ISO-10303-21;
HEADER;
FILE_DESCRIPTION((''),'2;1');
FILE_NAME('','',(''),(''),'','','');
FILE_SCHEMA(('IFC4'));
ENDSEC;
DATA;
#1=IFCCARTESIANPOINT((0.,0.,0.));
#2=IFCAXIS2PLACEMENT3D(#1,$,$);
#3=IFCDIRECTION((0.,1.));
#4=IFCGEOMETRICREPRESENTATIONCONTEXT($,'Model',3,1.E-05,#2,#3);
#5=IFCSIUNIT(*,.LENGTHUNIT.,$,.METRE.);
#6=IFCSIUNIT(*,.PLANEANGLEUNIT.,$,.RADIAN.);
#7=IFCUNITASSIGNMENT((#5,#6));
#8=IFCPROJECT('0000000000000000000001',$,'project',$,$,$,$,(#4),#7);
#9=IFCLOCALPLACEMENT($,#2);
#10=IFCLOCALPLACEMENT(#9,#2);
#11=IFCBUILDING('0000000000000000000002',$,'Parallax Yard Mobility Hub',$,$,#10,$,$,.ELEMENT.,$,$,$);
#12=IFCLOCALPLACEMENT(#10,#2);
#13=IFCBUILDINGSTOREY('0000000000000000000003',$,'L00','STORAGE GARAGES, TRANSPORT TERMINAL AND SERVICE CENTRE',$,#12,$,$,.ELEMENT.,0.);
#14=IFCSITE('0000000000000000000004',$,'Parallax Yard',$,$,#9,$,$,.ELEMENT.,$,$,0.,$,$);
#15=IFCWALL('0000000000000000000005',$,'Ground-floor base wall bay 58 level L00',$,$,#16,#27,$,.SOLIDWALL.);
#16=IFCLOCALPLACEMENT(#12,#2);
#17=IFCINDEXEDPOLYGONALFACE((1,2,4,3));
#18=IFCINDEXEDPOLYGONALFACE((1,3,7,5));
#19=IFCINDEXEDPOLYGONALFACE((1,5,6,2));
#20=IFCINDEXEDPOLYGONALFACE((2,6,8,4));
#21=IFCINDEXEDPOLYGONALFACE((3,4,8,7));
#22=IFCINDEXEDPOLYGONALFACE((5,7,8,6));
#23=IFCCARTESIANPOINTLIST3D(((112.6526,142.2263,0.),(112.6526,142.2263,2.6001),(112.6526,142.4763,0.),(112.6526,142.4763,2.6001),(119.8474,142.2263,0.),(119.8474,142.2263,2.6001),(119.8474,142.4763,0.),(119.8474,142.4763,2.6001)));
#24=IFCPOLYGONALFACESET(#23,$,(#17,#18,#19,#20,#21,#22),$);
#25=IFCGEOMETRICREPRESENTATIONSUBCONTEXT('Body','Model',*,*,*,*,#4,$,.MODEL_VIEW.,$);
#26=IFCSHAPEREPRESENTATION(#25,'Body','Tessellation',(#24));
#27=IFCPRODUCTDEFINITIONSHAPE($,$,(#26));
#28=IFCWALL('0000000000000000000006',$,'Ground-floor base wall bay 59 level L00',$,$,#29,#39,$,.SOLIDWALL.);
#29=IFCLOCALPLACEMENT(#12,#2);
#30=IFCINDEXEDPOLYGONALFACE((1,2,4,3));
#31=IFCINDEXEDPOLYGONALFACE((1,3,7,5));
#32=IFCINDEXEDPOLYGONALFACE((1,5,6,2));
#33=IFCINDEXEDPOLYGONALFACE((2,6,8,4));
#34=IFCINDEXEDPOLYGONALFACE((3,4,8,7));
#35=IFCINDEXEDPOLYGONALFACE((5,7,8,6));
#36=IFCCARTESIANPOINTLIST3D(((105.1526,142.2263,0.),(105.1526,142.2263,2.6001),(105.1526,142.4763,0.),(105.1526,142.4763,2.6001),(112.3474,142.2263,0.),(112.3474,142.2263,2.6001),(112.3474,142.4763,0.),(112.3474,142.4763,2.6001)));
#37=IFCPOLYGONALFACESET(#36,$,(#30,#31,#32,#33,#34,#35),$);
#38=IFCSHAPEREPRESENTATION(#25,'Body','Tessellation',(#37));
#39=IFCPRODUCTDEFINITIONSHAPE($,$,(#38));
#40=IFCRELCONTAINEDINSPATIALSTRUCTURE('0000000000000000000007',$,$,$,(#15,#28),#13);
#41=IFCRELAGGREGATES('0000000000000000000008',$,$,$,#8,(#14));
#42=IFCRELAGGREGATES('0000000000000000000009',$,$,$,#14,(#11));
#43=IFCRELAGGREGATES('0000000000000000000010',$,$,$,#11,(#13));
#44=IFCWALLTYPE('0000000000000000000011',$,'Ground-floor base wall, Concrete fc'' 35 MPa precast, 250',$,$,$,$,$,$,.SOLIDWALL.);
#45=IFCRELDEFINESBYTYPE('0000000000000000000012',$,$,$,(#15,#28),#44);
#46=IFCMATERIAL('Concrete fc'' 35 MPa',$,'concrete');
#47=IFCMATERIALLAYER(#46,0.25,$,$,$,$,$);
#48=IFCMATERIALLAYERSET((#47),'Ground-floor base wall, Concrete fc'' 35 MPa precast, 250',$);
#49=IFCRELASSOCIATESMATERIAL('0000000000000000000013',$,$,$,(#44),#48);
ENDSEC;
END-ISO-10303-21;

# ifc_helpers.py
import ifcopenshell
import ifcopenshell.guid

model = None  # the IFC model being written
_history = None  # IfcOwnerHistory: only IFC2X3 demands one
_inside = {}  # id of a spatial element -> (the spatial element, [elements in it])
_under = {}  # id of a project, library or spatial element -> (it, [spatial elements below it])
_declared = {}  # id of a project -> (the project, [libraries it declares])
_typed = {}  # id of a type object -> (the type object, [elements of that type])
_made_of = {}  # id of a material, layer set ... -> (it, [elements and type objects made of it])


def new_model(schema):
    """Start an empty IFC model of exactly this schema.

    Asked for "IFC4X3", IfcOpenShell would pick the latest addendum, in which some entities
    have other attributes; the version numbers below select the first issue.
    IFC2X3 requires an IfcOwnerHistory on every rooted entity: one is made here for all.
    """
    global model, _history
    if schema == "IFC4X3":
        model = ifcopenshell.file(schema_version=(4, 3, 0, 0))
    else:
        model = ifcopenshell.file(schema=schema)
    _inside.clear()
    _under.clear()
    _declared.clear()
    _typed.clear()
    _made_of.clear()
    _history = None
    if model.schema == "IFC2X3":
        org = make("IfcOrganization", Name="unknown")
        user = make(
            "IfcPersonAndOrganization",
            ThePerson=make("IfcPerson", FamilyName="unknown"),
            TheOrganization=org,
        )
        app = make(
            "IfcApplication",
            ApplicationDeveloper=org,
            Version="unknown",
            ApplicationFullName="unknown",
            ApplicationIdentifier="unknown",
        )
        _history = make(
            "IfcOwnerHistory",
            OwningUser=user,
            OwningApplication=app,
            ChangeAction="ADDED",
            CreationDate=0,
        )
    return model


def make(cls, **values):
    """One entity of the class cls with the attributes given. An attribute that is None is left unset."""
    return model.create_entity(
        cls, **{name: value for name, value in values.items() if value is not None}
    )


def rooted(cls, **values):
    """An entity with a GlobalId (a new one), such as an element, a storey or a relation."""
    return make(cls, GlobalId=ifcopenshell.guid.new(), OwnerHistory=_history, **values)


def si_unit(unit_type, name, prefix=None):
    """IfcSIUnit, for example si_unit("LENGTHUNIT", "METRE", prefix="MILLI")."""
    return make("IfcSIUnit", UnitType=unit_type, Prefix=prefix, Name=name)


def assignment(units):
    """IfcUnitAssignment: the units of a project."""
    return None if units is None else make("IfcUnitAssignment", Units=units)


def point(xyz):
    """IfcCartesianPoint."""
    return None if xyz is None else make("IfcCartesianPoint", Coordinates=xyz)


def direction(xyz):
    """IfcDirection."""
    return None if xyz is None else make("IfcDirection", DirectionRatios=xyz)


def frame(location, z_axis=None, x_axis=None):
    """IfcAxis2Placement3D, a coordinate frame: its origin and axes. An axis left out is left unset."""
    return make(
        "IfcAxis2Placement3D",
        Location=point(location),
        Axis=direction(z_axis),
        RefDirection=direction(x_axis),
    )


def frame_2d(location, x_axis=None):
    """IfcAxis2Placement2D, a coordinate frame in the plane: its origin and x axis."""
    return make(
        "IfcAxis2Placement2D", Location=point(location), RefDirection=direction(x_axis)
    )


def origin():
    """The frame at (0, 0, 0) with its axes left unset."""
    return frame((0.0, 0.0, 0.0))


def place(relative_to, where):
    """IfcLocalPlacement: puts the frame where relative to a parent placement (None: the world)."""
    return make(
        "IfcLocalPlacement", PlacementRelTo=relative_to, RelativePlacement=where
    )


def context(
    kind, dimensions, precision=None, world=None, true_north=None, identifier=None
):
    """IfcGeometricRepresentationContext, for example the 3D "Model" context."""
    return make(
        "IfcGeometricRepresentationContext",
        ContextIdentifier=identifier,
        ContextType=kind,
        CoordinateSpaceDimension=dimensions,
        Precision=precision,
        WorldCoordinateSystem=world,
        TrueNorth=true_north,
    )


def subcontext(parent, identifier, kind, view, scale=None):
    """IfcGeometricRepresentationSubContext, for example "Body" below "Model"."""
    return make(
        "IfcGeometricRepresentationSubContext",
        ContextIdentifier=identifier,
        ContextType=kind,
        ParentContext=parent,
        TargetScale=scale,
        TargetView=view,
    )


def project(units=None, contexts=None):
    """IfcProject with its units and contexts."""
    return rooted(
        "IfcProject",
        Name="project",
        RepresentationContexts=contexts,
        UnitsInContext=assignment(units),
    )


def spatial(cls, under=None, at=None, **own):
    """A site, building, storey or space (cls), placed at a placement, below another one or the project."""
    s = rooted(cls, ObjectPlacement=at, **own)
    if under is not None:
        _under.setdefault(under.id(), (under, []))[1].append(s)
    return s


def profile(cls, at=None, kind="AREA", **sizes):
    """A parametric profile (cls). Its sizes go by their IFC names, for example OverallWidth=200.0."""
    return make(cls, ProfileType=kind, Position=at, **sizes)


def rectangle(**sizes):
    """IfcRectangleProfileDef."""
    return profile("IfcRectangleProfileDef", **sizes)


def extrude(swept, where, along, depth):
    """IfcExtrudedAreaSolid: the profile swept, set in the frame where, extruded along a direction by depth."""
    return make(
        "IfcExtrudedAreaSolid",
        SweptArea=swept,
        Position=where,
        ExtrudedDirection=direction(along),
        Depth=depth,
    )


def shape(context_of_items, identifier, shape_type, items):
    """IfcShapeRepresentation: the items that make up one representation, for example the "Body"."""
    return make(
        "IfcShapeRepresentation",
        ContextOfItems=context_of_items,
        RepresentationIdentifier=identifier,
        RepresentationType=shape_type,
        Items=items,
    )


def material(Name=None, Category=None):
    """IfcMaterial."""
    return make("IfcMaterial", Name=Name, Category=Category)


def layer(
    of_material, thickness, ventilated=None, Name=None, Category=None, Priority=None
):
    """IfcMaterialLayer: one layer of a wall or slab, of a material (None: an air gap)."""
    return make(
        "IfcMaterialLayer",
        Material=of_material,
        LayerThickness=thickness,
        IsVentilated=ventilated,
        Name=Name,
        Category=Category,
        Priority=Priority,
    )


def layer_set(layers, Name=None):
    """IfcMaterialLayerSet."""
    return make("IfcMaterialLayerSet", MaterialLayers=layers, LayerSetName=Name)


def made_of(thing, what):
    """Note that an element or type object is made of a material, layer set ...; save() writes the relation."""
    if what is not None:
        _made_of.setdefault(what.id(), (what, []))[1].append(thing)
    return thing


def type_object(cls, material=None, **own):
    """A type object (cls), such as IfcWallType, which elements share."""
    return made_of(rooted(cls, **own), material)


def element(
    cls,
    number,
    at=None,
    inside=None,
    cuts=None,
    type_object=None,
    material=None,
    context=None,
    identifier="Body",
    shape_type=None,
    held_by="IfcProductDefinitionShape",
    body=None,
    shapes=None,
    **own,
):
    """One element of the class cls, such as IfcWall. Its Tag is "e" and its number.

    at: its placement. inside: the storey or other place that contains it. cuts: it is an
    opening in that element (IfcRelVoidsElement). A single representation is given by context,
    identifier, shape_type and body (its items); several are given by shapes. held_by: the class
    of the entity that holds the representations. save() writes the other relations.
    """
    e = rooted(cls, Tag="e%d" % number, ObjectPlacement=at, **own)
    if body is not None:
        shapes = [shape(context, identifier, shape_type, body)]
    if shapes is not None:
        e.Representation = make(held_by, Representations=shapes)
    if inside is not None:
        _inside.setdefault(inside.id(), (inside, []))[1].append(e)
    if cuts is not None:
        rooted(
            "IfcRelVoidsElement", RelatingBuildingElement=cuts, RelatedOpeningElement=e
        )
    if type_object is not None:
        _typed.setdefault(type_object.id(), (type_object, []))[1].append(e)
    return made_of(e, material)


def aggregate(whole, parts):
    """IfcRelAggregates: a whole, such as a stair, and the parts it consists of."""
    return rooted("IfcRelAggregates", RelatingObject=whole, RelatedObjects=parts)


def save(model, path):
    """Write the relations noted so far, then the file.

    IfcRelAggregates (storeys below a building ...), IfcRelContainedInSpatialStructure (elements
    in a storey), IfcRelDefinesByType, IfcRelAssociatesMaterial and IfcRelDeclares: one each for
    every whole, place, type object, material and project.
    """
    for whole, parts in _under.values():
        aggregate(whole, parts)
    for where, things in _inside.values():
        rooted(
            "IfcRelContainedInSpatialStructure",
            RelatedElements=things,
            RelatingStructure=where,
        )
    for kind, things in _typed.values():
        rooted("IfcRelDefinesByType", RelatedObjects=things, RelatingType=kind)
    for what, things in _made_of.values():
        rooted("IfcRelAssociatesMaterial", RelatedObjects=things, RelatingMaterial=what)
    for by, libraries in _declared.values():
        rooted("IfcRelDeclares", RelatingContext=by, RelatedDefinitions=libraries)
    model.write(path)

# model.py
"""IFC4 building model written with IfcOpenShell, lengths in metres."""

from ifc_helpers import new_model, si_unit, direction, frame, frame_2d, origin, place, context, subcontext, project, spatial, rectangle, extrude, material, layer, layer_set, type_object, element, save


model = new_model("IFC4")

# Units and contexts
model_context = context("Model", 3, precision=1e-05, world=origin(), true_north=direction((0.0, 1.0)))
body_context = subcontext(model_context, "Body", "Model", "MODEL_VIEW")
ifc_project = project(units=[si_unit("LENGTHUNIT", "METRE"), si_unit("PLANEANGLEUNIT", "RADIAN")], contexts=[model_context])

# Site, building, storey
site_placement = place(None, origin())
site = spatial("IfcSite", under=ifc_project, at=site_placement, Name="Parallax Yard", CompositionType="ELEMENT", RefElevation=0.0)
building_placement = place(site_placement, origin())
building = spatial("IfcBuilding", under=site, at=building_placement, Name="Parallax Yard Mobility Hub", CompositionType="ELEMENT")
storey_placement = place(building_placement, origin())
storey = spatial("IfcBuildingStorey", under=building, at=storey_placement, Name="L00", Description="STORAGE GARAGES, TRANSPORT TERMINAL AND SERVICE CENTRE", CompositionType="ELEMENT", Elevation=0.0)

# Walls
ifc_material_1 = material(Name="Concrete fc' 35 MPa", Category="concrete")
ifc_layer_1 = layer(ifc_material_1, 0.25)
ifc_layer_set_1 = layer_set([ifc_layer_1], Name="Ground-floor base wall, Concrete fc' 35 MPa precast, 250")
wall_type_1 = type_object("IfcWallType", Name="Ground-floor base wall, Concrete fc' 35 MPa precast, 250", PredefinedType="SOLIDWALL", material=ifc_layer_set_1)
for number, where, z_axis, x_axis, name in (
    (1, (119.8474, 142.3513, 0.0), (0.0, 0.0, 1.0), (-1.0, 0.0, 0.0), "Ground-floor base wall bay 58 level L00"),
    (2, (112.3474, 142.3513, 0.0), (0.0, 0.0, 1.0), (-1.0, 0.0, 0.0), "Ground-floor base wall bay 59 level L00"),
):
    element("IfcWall", number, at=place(storey_placement, frame(where, z_axis=z_axis, x_axis=x_axis)), inside=storey, type_object=wall_type_1, Name=name, PredefinedType="SOLIDWALL", context=body_context, shape_type="SweptSolid", body=[
        extrude(rectangle(XDim=7.1948, YDim=0.25, at=frame_2d((3.5974, 0.0))), origin(), (0.0, 0.0, 1.0), 2.6001),
    ])

save(model, "model.ifc")
